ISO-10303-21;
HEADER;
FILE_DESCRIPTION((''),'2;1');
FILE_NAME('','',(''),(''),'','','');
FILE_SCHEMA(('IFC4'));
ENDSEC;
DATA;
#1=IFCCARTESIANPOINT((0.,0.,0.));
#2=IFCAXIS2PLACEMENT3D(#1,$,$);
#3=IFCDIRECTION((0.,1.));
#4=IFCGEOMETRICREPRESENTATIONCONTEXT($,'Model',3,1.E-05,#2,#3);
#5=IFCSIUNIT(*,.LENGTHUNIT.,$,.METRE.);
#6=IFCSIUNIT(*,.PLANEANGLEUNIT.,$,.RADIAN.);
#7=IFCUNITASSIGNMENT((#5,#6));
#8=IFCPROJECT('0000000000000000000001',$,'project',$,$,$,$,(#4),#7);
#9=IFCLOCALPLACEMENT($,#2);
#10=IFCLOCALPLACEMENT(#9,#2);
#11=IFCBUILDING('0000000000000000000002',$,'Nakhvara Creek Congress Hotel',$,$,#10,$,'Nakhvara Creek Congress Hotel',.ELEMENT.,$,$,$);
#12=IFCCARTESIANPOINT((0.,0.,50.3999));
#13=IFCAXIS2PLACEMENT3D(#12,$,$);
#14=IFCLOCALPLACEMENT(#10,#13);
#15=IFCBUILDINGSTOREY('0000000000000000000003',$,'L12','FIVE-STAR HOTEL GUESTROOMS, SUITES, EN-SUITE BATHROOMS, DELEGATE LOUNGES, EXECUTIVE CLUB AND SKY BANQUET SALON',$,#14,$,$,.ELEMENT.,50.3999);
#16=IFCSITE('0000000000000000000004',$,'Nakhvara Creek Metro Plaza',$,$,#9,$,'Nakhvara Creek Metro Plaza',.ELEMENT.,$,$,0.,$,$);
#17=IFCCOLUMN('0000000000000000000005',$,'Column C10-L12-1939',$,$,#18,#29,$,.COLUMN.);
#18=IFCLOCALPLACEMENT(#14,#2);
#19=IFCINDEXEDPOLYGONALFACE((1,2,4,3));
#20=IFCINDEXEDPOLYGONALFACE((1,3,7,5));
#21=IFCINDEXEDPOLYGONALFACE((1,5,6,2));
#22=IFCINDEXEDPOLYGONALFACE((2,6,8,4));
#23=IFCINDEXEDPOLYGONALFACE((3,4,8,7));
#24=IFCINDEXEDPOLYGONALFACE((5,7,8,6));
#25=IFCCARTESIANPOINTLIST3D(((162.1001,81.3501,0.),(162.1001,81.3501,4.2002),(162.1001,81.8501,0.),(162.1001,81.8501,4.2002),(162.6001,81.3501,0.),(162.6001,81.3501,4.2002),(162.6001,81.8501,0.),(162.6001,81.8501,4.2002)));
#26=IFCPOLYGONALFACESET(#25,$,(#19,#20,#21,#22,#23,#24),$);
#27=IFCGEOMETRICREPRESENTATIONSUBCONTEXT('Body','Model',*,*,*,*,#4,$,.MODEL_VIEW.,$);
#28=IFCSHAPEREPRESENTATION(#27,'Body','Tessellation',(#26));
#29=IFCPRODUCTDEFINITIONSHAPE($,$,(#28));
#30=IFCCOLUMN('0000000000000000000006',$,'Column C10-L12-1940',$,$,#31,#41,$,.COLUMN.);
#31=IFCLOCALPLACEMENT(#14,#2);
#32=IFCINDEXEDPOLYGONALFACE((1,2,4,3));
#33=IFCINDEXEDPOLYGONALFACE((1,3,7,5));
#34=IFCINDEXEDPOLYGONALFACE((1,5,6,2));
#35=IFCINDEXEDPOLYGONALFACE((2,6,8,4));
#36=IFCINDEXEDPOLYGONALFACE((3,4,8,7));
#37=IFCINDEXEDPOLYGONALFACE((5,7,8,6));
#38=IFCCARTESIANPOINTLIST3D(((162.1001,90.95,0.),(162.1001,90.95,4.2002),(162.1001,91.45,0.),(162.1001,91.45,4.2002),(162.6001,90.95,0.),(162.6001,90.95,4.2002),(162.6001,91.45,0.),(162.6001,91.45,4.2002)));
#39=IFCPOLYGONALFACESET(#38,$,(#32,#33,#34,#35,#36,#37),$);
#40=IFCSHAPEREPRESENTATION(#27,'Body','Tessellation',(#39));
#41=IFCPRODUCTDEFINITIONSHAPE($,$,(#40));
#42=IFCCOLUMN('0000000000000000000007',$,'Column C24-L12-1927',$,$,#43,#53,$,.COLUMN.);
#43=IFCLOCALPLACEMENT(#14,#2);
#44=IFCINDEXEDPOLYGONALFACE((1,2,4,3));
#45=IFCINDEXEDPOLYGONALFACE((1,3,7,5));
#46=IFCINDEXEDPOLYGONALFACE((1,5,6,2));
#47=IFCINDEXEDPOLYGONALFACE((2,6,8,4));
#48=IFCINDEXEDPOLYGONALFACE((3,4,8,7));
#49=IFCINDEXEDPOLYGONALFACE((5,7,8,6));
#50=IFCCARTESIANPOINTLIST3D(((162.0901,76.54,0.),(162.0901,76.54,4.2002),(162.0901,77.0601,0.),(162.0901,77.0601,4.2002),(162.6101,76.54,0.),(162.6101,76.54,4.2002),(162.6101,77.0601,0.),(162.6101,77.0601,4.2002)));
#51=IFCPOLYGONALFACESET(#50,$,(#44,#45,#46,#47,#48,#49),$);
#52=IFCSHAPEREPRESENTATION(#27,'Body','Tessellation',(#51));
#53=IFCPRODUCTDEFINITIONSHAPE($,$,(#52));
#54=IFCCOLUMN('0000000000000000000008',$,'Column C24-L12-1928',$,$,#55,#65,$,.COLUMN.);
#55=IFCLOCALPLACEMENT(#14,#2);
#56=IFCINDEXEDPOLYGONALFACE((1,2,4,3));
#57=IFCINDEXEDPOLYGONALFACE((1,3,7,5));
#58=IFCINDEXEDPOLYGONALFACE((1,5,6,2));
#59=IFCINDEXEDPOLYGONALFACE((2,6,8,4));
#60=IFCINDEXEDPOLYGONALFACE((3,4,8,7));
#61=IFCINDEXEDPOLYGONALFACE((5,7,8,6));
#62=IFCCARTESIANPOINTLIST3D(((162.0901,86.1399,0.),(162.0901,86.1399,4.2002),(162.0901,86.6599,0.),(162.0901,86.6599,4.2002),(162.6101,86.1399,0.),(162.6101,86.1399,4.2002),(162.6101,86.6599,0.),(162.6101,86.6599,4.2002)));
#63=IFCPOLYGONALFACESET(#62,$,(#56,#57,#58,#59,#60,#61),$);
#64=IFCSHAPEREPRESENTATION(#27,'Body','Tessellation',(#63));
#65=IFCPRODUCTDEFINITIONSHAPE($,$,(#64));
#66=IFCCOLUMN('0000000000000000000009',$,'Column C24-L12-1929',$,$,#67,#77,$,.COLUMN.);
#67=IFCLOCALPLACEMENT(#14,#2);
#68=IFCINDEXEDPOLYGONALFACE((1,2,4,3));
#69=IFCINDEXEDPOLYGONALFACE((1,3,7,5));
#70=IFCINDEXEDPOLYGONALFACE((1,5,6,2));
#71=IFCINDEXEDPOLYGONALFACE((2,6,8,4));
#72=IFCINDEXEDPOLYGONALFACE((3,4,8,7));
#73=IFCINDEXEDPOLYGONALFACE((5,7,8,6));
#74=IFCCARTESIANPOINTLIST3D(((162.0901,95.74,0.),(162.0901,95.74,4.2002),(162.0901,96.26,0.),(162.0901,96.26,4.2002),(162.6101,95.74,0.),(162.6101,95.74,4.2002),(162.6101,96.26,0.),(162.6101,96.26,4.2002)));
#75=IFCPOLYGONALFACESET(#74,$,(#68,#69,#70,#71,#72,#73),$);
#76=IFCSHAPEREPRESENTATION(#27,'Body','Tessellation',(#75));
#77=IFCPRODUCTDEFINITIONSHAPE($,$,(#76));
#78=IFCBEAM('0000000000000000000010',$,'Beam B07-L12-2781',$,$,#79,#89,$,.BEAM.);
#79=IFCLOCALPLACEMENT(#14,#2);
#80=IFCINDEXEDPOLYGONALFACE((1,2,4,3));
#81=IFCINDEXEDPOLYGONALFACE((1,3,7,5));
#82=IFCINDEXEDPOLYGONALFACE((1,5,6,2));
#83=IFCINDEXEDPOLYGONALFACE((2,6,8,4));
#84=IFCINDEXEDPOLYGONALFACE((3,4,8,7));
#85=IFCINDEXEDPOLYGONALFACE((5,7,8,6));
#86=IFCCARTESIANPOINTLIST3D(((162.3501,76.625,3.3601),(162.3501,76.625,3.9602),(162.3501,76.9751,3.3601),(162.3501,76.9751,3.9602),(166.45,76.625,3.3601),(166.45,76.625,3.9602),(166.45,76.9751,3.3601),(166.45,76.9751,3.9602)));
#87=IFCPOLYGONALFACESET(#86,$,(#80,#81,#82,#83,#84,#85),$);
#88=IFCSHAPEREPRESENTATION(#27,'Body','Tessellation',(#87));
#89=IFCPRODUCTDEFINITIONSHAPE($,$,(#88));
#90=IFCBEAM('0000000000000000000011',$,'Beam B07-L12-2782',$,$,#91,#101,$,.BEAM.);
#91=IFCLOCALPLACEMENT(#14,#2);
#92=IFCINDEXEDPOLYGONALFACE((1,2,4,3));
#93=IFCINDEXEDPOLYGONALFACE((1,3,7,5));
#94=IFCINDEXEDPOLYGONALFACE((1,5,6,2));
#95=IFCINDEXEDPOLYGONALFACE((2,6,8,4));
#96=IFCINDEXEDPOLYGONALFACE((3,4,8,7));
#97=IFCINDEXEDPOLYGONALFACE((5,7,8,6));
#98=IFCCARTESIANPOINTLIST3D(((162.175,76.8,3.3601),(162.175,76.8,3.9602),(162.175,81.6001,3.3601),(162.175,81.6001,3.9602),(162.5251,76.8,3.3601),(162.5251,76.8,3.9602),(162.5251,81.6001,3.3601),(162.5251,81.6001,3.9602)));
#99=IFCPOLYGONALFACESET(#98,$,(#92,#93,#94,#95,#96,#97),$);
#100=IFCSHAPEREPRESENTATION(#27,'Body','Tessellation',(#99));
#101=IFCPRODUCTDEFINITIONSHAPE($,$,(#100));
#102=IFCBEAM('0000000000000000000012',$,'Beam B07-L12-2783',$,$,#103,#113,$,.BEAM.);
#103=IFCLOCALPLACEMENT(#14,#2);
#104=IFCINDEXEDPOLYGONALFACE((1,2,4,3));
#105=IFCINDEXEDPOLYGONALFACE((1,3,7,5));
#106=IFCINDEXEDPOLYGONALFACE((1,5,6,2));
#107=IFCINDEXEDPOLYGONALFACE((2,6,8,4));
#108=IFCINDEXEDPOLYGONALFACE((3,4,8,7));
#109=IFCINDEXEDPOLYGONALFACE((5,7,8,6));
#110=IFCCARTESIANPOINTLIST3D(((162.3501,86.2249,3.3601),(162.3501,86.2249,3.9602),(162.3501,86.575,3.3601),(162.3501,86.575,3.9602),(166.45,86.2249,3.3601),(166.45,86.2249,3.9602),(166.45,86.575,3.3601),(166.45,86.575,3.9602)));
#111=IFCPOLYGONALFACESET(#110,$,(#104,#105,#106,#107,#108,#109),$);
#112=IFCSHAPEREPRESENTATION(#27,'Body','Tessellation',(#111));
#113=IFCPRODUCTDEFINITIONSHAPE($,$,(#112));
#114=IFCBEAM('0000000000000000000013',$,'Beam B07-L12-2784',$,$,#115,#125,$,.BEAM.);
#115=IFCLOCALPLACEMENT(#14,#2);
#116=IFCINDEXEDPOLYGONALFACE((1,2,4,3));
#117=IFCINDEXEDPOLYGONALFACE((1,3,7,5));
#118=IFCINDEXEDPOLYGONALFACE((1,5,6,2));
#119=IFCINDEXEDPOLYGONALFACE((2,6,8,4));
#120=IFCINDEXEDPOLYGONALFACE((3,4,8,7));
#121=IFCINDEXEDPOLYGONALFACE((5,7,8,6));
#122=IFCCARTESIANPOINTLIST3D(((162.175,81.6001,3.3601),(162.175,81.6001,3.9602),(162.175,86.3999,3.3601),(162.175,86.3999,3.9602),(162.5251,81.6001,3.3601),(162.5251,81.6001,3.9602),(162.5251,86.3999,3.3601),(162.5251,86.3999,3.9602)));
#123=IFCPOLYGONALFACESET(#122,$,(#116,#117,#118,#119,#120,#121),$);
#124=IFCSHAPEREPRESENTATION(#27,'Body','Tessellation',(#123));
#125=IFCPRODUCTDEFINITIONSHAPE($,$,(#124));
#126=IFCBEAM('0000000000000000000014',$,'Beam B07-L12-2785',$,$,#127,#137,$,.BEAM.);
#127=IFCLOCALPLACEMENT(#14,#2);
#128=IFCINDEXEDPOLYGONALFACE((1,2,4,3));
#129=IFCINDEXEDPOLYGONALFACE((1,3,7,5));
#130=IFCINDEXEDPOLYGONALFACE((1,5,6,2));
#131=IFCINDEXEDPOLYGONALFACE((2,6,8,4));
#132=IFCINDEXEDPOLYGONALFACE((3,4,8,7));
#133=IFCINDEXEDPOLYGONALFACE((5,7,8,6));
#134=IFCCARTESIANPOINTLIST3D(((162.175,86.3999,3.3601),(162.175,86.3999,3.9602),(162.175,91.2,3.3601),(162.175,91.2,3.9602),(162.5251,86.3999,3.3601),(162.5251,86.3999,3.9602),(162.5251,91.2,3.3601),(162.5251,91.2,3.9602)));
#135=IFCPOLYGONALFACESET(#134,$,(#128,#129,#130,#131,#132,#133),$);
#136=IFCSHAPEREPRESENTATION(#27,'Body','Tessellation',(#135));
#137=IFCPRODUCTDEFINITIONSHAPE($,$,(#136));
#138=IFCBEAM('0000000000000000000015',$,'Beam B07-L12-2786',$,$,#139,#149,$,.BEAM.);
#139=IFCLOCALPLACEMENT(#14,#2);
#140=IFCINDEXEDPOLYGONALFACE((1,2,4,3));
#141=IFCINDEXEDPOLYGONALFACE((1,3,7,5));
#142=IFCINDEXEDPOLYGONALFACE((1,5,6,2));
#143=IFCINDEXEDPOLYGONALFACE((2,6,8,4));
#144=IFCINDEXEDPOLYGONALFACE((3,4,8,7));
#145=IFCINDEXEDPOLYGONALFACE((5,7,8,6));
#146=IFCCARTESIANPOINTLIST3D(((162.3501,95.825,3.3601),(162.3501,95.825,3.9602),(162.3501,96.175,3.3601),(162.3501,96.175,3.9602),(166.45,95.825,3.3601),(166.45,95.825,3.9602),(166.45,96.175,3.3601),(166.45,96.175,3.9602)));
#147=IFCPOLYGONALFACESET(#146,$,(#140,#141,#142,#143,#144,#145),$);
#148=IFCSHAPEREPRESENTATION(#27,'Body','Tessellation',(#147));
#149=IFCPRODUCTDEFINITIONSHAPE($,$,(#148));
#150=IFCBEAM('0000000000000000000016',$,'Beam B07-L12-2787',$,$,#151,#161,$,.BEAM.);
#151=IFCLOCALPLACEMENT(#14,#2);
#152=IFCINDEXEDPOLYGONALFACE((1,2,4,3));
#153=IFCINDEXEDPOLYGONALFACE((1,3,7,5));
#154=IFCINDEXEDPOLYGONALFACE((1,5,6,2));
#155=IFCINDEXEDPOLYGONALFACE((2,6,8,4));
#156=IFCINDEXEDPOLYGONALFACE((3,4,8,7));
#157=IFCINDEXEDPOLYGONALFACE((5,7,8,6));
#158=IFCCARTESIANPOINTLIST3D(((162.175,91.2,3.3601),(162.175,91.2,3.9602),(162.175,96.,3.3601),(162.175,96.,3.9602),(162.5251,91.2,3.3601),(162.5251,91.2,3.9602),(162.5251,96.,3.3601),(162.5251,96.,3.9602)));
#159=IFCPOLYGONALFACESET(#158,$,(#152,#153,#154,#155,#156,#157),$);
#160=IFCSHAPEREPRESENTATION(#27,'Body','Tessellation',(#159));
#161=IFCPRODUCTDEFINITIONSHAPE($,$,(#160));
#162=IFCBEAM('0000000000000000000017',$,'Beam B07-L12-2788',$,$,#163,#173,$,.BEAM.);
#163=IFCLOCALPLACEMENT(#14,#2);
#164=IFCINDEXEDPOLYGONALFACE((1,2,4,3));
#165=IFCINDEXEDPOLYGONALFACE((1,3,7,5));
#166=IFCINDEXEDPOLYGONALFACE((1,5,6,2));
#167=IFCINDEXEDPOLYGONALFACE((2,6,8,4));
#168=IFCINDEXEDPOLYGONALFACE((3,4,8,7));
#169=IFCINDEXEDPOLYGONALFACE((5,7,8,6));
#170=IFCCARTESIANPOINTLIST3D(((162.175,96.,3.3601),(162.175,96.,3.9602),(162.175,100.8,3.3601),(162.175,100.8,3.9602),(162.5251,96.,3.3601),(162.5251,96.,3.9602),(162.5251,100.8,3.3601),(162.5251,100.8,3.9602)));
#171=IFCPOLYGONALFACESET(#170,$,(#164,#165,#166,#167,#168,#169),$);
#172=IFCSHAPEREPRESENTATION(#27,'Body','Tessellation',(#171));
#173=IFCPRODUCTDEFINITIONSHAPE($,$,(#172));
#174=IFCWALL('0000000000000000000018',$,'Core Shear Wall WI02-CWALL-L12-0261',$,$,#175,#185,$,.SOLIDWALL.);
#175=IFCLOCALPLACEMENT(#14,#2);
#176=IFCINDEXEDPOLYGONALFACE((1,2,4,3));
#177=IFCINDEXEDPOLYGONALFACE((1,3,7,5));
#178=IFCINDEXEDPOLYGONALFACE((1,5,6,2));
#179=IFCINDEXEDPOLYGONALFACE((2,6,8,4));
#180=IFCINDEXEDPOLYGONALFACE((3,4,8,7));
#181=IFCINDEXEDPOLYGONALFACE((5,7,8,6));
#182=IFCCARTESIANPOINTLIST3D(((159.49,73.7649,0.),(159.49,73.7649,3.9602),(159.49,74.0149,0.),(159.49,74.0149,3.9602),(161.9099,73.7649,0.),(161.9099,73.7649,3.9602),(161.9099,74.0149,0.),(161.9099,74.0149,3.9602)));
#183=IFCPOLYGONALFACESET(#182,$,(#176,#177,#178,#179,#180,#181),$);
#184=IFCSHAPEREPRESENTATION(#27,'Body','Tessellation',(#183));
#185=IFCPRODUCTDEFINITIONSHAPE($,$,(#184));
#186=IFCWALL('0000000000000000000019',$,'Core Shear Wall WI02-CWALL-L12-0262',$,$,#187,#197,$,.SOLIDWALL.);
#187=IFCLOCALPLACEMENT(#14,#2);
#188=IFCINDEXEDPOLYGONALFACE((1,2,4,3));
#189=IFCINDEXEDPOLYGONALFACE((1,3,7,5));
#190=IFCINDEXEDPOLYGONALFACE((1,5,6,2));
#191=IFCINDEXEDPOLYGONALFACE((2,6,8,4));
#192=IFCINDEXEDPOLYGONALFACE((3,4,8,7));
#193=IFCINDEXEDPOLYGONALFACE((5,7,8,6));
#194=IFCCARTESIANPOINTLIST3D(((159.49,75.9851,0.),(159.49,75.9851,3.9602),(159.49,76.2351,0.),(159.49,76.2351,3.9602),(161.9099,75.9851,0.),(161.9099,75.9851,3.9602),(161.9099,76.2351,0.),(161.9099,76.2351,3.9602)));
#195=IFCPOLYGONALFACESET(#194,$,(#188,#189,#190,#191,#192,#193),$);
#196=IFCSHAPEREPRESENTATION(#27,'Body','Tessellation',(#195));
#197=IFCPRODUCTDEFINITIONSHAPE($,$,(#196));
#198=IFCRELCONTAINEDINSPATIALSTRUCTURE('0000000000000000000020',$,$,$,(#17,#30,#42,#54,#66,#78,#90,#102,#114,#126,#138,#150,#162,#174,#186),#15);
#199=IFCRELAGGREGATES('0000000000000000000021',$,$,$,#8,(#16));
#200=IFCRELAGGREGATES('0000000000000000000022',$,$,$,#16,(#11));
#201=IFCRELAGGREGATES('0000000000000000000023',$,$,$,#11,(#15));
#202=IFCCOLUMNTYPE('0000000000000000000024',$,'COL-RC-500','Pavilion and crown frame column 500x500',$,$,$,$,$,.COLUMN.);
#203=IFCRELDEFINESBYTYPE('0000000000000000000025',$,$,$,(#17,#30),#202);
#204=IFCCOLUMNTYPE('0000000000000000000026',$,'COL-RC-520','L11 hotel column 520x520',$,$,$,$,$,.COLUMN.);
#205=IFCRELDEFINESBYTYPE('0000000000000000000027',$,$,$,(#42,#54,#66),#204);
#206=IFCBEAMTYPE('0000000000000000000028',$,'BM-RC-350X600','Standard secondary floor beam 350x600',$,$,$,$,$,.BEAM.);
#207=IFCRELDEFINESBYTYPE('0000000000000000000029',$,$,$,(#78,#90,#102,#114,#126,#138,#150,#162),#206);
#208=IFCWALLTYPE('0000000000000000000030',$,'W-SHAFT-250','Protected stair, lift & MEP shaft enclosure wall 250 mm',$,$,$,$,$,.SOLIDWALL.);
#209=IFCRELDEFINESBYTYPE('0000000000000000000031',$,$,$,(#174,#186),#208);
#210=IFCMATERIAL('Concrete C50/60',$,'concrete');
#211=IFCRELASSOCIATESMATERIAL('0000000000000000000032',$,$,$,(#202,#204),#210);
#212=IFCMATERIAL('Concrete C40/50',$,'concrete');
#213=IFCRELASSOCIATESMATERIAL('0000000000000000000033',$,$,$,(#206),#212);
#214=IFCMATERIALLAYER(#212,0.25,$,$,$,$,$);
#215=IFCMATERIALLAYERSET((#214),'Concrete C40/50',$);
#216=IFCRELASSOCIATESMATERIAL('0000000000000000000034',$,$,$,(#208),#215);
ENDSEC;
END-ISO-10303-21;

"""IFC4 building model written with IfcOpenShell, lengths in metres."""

from ifc_helpers import new_model, si_unit, direction, frame, frame_2d, origin, origin_2d, place, context, subcontext, project, spatial, rectangle, extrude, material, layer, layer_set, material_profile, profile_set, type_object, element, save


model = new_model("IFC4")

# Units and contexts
model_context = context("Model", 3, precision=1e-05, world=origin(), true_north=direction((0.0, 1.0)))
body_context = subcontext(model_context, "Body", "Model", "MODEL_VIEW")
ifc_project = project(units=[si_unit("LENGTHUNIT", "METRE"), si_unit("PLANEANGLEUNIT", "RADIAN")], contexts=[model_context])

# Site, building, storey
site_placement = place(None, origin())
site = spatial("IfcSite", under=ifc_project, at=site_placement, Name="Nakhvara Creek Metro Plaza", LongName="Nakhvara Creek Metro Plaza", CompositionType="ELEMENT", RefElevation=0.0)
building_placement = place(site_placement, origin())
building = spatial("IfcBuilding", under=site, at=building_placement, Name="Nakhvara Creek Congress Hotel", LongName="Nakhvara Creek Congress Hotel", CompositionType="ELEMENT")
storey_placement = place(building_placement, frame((0.0, 0.0, 50.3999)))
storey = spatial("IfcBuildingStorey", under=building, at=storey_placement, Name="L12", Description="FIVE-STAR HOTEL GUESTROOMS, SUITES, EN-SUITE BATHROOMS, DELEGATE LOUNGES, EXECUTIVE CLUB AND SKY BANQUET SALON", CompositionType="ELEMENT", Elevation=50.3999)

# Columns
ifc_material_1 = material(Name="Concrete C50/60", Category="concrete")
ifc_material_profile_1 = material_profile(ifc_material_1, rectangle(XDim=0.5, YDim=0.5, at=origin_2d()), Name="RC-COL 500x500", Category="LoadBearing")
ifc_profile_set_1 = profile_set([ifc_material_profile_1], Name="Concrete C50/60")
column_type_1 = type_object("IfcColumnType", Name="COL-RC-500", Description="Pavilion and crown frame column 500x500", PredefinedType="COLUMN", material=ifc_profile_set_1)
for number, where, z_axis, x_axis, name in (
    (1, (162.3501, 81.6001, 0.0), (0.0, 0.0, 1.0), (1.0, 0.0, 0.0), "Column C10-L12-1939"),
    (2, (162.3501, 91.2, 0.0), (0.0, 0.0, 1.0), (1.0, 0.0, 0.0), "Column C10-L12-1940"),
):
    element("IfcColumn", number, at=place(storey_placement, frame(where, z_axis=z_axis, x_axis=x_axis)), inside=storey, type_object=column_type_1, Name=name, PredefinedType="COLUMN", context=body_context, shape_type="SweptSolid", body=[
        extrude(rectangle(XDim=0.5, YDim=0.5, at=origin_2d()), origin(), (0.0, 0.0, 1.0), 4.2002),
    ])
ifc_material_profile_2 = material_profile(ifc_material_1, rectangle(XDim=0.52, YDim=0.52, at=origin_2d()), Name="RC-COL 520x520", Category="LoadBearing")
ifc_profile_set_2 = profile_set([ifc_material_profile_2], Name="Concrete C50/60")
column_type_2 = type_object("IfcColumnType", Name="COL-RC-520", Description="L11 hotel column 520x520", PredefinedType="COLUMN", material=ifc_profile_set_2)
for number, where, z_axis, x_axis, name in (
    (3, (162.3501, 76.8, 0.0), (0.0, 0.0, 1.0), (1.0, 0.0, 0.0), "Column C24-L12-1927"),
    (4, (162.3501, 86.3999, 0.0), (0.0, 0.0, 1.0), (1.0, 0.0, 0.0), "Column C24-L12-1928"),
    (5, (162.3501, 96.0, 0.0), (0.0, 0.0, 1.0), (1.0, 0.0, 0.0), "Column C24-L12-1929"),
):
    element("IfcColumn", number, at=place(storey_placement, frame(where, z_axis=z_axis, x_axis=x_axis)), inside=storey, type_object=column_type_2, Name=name, PredefinedType="COLUMN", context=body_context, shape_type="SweptSolid", body=[
        extrude(rectangle(XDim=0.52, YDim=0.52, at=origin_2d()), origin(), (0.0, 0.0, 1.0), 4.2002),
    ])

# Beams
ifc_material_2 = material(Name="Concrete C40/50", Category="concrete")
ifc_material_profile_3 = material_profile(ifc_material_2, rectangle(XDim=0.3501, YDim=0.6001, at=origin_2d()), Name="RC-BM 350x600", Category="LoadBearing")
ifc_profile_set_3 = profile_set([ifc_material_profile_3], Name="Concrete C40/50")
beam_type = type_object("IfcBeamType", Name="BM-RC-350X600", Description="Standard secondary floor beam 350x600", PredefinedType="BEAM", material=ifc_profile_set_3)
beam_1_placement = place(storey_placement, frame((162.3501, 76.8, 3.6602), z_axis=(1.0, 0.0, 0.0), x_axis=(0.0, 1.0, 0.0)))
element("IfcBeam", 6, at=beam_1_placement, inside=storey, type_object=beam_type, Name="Beam B07-L12-2781", PredefinedType="BEAM", context=body_context, shape_type="SweptSolid", body=[
    extrude(rectangle(XDim=0.3501, YDim=0.6001, at=origin_2d()), origin(), (0.0, 0.0, 1.0), 4.0999),
])
beam_2_placement = place(storey_placement, frame((162.3501, 76.8, 3.6602), z_axis=(0.0, 1.0, 0.0), x_axis=(-1.0, 0.0, 0.0)))
element("IfcBeam", 7, at=beam_2_placement, inside=storey, type_object=beam_type, Name="Beam B07-L12-2782", PredefinedType="BEAM", context=body_context, shape_type="SweptSolid", body=[
    extrude(rectangle(XDim=0.3501, YDim=0.6001, at=origin_2d()), origin(), (0.0, 0.0, 1.0), 4.8),
])
beam_3_placement = place(storey_placement, frame((162.3501, 86.3999, 3.6602), z_axis=(1.0, 0.0, 0.0), x_axis=(0.0, 1.0, 0.0)))
element("IfcBeam", 8, at=beam_3_placement, inside=storey, type_object=beam_type, Name="Beam B07-L12-2783", PredefinedType="BEAM", context=body_context, shape_type="SweptSolid", body=[
    extrude(rectangle(XDim=0.3501, YDim=0.6001, at=origin_2d()), origin(), (0.0, 0.0, 1.0), 4.0999),
])
beam_4_placement = place(storey_placement, frame((162.3501, 81.6001, 3.6602), z_axis=(0.0, 1.0, 0.0), x_axis=(-1.0, 0.0, 0.0)))
element("IfcBeam", 9, at=beam_4_placement, inside=storey, type_object=beam_type, Name="Beam B07-L12-2784", PredefinedType="BEAM", context=body_context, shape_type="SweptSolid", body=[
    extrude(rectangle(XDim=0.3501, YDim=0.6001, at=origin_2d()), origin(), (0.0, 0.0, 1.0), 4.7998),
])
beam_5_placement = place(storey_placement, frame((162.3501, 86.3999, 3.6602), z_axis=(0.0, 1.0, 0.0), x_axis=(-1.0, 0.0, 0.0)))
element("IfcBeam", 10, at=beam_5_placement, inside=storey, type_object=beam_type, Name="Beam B07-L12-2785", PredefinedType="BEAM", context=body_context, shape_type="SweptSolid", body=[
    extrude(rectangle(XDim=0.3501, YDim=0.6001, at=origin_2d()), origin(), (0.0, 0.0, 1.0), 4.8),
])
beam_6_placement = place(storey_placement, frame((162.3501, 96.0, 3.6602), z_axis=(1.0, 0.0, 0.0), x_axis=(0.0, 1.0, 0.0)))
element("IfcBeam", 11, at=beam_6_placement, inside=storey, type_object=beam_type, Name="Beam B07-L12-2786", PredefinedType="BEAM", context=body_context, shape_type="SweptSolid", body=[
    extrude(rectangle(XDim=0.3501, YDim=0.6001, at=origin_2d()), origin(), (0.0, 0.0, 1.0), 4.0999),
])
for number, where, z_axis, x_axis, name in (
    (12, (162.3501, 91.2, 3.6602), (0.0, 1.0, 0.0), (-1.0, 0.0, 0.0), "Beam B07-L12-2787"),
    (13, (162.3501, 96.0, 3.6602), (0.0, 1.0, 0.0), (-1.0, 0.0, 0.0), "Beam B07-L12-2788"),
):
    element("IfcBeam", number, at=place(storey_placement, frame(where, z_axis=z_axis, x_axis=x_axis)), inside=storey, type_object=beam_type, Name=name, PredefinedType="BEAM", context=body_context, shape_type="SweptSolid", body=[
        extrude(rectangle(XDim=0.3501, YDim=0.6001, at=origin_2d()), origin(), (0.0, 0.0, 1.0), 4.8),
    ])

# Walls
ifc_layer_1 = layer(ifc_material_2, 0.25)
ifc_layer_set_1 = layer_set([ifc_layer_1], Name="Concrete C40/50")
wall_type_1 = type_object("IfcWallType", Name="W-SHAFT-250", Description="Protected stair, lift & MEP shaft enclosure wall 250 mm", PredefinedType="SOLIDWALL", material=ifc_layer_set_1)
for number, where, z_axis, x_axis, name in (
    (14, (159.49, 73.8899, 0.0), (0.0, 0.0, 1.0), (1.0, 0.0, 0.0), "Core Shear Wall WI02-CWALL-L12-0261"),
    (15, (159.49, 76.1101, 0.0), (0.0, 0.0, 1.0), (1.0, 0.0, 0.0), "Core Shear Wall WI02-CWALL-L12-0262"),
):
    element("IfcWall", number, at=place(storey_placement, frame(where, z_axis=z_axis, x_axis=x_axis)), inside=storey, type_object=wall_type_1, Name=name, PredefinedType="SOLIDWALL", context=body_context, shape_type="SweptSolid", body=[
        extrude(rectangle(XDim=2.4199, YDim=0.25, at=frame_2d((1.21, 0.0))), origin(), (0.0, 0.0, 1.0), 3.9602),
    ])

save(model, "model.ifc")
